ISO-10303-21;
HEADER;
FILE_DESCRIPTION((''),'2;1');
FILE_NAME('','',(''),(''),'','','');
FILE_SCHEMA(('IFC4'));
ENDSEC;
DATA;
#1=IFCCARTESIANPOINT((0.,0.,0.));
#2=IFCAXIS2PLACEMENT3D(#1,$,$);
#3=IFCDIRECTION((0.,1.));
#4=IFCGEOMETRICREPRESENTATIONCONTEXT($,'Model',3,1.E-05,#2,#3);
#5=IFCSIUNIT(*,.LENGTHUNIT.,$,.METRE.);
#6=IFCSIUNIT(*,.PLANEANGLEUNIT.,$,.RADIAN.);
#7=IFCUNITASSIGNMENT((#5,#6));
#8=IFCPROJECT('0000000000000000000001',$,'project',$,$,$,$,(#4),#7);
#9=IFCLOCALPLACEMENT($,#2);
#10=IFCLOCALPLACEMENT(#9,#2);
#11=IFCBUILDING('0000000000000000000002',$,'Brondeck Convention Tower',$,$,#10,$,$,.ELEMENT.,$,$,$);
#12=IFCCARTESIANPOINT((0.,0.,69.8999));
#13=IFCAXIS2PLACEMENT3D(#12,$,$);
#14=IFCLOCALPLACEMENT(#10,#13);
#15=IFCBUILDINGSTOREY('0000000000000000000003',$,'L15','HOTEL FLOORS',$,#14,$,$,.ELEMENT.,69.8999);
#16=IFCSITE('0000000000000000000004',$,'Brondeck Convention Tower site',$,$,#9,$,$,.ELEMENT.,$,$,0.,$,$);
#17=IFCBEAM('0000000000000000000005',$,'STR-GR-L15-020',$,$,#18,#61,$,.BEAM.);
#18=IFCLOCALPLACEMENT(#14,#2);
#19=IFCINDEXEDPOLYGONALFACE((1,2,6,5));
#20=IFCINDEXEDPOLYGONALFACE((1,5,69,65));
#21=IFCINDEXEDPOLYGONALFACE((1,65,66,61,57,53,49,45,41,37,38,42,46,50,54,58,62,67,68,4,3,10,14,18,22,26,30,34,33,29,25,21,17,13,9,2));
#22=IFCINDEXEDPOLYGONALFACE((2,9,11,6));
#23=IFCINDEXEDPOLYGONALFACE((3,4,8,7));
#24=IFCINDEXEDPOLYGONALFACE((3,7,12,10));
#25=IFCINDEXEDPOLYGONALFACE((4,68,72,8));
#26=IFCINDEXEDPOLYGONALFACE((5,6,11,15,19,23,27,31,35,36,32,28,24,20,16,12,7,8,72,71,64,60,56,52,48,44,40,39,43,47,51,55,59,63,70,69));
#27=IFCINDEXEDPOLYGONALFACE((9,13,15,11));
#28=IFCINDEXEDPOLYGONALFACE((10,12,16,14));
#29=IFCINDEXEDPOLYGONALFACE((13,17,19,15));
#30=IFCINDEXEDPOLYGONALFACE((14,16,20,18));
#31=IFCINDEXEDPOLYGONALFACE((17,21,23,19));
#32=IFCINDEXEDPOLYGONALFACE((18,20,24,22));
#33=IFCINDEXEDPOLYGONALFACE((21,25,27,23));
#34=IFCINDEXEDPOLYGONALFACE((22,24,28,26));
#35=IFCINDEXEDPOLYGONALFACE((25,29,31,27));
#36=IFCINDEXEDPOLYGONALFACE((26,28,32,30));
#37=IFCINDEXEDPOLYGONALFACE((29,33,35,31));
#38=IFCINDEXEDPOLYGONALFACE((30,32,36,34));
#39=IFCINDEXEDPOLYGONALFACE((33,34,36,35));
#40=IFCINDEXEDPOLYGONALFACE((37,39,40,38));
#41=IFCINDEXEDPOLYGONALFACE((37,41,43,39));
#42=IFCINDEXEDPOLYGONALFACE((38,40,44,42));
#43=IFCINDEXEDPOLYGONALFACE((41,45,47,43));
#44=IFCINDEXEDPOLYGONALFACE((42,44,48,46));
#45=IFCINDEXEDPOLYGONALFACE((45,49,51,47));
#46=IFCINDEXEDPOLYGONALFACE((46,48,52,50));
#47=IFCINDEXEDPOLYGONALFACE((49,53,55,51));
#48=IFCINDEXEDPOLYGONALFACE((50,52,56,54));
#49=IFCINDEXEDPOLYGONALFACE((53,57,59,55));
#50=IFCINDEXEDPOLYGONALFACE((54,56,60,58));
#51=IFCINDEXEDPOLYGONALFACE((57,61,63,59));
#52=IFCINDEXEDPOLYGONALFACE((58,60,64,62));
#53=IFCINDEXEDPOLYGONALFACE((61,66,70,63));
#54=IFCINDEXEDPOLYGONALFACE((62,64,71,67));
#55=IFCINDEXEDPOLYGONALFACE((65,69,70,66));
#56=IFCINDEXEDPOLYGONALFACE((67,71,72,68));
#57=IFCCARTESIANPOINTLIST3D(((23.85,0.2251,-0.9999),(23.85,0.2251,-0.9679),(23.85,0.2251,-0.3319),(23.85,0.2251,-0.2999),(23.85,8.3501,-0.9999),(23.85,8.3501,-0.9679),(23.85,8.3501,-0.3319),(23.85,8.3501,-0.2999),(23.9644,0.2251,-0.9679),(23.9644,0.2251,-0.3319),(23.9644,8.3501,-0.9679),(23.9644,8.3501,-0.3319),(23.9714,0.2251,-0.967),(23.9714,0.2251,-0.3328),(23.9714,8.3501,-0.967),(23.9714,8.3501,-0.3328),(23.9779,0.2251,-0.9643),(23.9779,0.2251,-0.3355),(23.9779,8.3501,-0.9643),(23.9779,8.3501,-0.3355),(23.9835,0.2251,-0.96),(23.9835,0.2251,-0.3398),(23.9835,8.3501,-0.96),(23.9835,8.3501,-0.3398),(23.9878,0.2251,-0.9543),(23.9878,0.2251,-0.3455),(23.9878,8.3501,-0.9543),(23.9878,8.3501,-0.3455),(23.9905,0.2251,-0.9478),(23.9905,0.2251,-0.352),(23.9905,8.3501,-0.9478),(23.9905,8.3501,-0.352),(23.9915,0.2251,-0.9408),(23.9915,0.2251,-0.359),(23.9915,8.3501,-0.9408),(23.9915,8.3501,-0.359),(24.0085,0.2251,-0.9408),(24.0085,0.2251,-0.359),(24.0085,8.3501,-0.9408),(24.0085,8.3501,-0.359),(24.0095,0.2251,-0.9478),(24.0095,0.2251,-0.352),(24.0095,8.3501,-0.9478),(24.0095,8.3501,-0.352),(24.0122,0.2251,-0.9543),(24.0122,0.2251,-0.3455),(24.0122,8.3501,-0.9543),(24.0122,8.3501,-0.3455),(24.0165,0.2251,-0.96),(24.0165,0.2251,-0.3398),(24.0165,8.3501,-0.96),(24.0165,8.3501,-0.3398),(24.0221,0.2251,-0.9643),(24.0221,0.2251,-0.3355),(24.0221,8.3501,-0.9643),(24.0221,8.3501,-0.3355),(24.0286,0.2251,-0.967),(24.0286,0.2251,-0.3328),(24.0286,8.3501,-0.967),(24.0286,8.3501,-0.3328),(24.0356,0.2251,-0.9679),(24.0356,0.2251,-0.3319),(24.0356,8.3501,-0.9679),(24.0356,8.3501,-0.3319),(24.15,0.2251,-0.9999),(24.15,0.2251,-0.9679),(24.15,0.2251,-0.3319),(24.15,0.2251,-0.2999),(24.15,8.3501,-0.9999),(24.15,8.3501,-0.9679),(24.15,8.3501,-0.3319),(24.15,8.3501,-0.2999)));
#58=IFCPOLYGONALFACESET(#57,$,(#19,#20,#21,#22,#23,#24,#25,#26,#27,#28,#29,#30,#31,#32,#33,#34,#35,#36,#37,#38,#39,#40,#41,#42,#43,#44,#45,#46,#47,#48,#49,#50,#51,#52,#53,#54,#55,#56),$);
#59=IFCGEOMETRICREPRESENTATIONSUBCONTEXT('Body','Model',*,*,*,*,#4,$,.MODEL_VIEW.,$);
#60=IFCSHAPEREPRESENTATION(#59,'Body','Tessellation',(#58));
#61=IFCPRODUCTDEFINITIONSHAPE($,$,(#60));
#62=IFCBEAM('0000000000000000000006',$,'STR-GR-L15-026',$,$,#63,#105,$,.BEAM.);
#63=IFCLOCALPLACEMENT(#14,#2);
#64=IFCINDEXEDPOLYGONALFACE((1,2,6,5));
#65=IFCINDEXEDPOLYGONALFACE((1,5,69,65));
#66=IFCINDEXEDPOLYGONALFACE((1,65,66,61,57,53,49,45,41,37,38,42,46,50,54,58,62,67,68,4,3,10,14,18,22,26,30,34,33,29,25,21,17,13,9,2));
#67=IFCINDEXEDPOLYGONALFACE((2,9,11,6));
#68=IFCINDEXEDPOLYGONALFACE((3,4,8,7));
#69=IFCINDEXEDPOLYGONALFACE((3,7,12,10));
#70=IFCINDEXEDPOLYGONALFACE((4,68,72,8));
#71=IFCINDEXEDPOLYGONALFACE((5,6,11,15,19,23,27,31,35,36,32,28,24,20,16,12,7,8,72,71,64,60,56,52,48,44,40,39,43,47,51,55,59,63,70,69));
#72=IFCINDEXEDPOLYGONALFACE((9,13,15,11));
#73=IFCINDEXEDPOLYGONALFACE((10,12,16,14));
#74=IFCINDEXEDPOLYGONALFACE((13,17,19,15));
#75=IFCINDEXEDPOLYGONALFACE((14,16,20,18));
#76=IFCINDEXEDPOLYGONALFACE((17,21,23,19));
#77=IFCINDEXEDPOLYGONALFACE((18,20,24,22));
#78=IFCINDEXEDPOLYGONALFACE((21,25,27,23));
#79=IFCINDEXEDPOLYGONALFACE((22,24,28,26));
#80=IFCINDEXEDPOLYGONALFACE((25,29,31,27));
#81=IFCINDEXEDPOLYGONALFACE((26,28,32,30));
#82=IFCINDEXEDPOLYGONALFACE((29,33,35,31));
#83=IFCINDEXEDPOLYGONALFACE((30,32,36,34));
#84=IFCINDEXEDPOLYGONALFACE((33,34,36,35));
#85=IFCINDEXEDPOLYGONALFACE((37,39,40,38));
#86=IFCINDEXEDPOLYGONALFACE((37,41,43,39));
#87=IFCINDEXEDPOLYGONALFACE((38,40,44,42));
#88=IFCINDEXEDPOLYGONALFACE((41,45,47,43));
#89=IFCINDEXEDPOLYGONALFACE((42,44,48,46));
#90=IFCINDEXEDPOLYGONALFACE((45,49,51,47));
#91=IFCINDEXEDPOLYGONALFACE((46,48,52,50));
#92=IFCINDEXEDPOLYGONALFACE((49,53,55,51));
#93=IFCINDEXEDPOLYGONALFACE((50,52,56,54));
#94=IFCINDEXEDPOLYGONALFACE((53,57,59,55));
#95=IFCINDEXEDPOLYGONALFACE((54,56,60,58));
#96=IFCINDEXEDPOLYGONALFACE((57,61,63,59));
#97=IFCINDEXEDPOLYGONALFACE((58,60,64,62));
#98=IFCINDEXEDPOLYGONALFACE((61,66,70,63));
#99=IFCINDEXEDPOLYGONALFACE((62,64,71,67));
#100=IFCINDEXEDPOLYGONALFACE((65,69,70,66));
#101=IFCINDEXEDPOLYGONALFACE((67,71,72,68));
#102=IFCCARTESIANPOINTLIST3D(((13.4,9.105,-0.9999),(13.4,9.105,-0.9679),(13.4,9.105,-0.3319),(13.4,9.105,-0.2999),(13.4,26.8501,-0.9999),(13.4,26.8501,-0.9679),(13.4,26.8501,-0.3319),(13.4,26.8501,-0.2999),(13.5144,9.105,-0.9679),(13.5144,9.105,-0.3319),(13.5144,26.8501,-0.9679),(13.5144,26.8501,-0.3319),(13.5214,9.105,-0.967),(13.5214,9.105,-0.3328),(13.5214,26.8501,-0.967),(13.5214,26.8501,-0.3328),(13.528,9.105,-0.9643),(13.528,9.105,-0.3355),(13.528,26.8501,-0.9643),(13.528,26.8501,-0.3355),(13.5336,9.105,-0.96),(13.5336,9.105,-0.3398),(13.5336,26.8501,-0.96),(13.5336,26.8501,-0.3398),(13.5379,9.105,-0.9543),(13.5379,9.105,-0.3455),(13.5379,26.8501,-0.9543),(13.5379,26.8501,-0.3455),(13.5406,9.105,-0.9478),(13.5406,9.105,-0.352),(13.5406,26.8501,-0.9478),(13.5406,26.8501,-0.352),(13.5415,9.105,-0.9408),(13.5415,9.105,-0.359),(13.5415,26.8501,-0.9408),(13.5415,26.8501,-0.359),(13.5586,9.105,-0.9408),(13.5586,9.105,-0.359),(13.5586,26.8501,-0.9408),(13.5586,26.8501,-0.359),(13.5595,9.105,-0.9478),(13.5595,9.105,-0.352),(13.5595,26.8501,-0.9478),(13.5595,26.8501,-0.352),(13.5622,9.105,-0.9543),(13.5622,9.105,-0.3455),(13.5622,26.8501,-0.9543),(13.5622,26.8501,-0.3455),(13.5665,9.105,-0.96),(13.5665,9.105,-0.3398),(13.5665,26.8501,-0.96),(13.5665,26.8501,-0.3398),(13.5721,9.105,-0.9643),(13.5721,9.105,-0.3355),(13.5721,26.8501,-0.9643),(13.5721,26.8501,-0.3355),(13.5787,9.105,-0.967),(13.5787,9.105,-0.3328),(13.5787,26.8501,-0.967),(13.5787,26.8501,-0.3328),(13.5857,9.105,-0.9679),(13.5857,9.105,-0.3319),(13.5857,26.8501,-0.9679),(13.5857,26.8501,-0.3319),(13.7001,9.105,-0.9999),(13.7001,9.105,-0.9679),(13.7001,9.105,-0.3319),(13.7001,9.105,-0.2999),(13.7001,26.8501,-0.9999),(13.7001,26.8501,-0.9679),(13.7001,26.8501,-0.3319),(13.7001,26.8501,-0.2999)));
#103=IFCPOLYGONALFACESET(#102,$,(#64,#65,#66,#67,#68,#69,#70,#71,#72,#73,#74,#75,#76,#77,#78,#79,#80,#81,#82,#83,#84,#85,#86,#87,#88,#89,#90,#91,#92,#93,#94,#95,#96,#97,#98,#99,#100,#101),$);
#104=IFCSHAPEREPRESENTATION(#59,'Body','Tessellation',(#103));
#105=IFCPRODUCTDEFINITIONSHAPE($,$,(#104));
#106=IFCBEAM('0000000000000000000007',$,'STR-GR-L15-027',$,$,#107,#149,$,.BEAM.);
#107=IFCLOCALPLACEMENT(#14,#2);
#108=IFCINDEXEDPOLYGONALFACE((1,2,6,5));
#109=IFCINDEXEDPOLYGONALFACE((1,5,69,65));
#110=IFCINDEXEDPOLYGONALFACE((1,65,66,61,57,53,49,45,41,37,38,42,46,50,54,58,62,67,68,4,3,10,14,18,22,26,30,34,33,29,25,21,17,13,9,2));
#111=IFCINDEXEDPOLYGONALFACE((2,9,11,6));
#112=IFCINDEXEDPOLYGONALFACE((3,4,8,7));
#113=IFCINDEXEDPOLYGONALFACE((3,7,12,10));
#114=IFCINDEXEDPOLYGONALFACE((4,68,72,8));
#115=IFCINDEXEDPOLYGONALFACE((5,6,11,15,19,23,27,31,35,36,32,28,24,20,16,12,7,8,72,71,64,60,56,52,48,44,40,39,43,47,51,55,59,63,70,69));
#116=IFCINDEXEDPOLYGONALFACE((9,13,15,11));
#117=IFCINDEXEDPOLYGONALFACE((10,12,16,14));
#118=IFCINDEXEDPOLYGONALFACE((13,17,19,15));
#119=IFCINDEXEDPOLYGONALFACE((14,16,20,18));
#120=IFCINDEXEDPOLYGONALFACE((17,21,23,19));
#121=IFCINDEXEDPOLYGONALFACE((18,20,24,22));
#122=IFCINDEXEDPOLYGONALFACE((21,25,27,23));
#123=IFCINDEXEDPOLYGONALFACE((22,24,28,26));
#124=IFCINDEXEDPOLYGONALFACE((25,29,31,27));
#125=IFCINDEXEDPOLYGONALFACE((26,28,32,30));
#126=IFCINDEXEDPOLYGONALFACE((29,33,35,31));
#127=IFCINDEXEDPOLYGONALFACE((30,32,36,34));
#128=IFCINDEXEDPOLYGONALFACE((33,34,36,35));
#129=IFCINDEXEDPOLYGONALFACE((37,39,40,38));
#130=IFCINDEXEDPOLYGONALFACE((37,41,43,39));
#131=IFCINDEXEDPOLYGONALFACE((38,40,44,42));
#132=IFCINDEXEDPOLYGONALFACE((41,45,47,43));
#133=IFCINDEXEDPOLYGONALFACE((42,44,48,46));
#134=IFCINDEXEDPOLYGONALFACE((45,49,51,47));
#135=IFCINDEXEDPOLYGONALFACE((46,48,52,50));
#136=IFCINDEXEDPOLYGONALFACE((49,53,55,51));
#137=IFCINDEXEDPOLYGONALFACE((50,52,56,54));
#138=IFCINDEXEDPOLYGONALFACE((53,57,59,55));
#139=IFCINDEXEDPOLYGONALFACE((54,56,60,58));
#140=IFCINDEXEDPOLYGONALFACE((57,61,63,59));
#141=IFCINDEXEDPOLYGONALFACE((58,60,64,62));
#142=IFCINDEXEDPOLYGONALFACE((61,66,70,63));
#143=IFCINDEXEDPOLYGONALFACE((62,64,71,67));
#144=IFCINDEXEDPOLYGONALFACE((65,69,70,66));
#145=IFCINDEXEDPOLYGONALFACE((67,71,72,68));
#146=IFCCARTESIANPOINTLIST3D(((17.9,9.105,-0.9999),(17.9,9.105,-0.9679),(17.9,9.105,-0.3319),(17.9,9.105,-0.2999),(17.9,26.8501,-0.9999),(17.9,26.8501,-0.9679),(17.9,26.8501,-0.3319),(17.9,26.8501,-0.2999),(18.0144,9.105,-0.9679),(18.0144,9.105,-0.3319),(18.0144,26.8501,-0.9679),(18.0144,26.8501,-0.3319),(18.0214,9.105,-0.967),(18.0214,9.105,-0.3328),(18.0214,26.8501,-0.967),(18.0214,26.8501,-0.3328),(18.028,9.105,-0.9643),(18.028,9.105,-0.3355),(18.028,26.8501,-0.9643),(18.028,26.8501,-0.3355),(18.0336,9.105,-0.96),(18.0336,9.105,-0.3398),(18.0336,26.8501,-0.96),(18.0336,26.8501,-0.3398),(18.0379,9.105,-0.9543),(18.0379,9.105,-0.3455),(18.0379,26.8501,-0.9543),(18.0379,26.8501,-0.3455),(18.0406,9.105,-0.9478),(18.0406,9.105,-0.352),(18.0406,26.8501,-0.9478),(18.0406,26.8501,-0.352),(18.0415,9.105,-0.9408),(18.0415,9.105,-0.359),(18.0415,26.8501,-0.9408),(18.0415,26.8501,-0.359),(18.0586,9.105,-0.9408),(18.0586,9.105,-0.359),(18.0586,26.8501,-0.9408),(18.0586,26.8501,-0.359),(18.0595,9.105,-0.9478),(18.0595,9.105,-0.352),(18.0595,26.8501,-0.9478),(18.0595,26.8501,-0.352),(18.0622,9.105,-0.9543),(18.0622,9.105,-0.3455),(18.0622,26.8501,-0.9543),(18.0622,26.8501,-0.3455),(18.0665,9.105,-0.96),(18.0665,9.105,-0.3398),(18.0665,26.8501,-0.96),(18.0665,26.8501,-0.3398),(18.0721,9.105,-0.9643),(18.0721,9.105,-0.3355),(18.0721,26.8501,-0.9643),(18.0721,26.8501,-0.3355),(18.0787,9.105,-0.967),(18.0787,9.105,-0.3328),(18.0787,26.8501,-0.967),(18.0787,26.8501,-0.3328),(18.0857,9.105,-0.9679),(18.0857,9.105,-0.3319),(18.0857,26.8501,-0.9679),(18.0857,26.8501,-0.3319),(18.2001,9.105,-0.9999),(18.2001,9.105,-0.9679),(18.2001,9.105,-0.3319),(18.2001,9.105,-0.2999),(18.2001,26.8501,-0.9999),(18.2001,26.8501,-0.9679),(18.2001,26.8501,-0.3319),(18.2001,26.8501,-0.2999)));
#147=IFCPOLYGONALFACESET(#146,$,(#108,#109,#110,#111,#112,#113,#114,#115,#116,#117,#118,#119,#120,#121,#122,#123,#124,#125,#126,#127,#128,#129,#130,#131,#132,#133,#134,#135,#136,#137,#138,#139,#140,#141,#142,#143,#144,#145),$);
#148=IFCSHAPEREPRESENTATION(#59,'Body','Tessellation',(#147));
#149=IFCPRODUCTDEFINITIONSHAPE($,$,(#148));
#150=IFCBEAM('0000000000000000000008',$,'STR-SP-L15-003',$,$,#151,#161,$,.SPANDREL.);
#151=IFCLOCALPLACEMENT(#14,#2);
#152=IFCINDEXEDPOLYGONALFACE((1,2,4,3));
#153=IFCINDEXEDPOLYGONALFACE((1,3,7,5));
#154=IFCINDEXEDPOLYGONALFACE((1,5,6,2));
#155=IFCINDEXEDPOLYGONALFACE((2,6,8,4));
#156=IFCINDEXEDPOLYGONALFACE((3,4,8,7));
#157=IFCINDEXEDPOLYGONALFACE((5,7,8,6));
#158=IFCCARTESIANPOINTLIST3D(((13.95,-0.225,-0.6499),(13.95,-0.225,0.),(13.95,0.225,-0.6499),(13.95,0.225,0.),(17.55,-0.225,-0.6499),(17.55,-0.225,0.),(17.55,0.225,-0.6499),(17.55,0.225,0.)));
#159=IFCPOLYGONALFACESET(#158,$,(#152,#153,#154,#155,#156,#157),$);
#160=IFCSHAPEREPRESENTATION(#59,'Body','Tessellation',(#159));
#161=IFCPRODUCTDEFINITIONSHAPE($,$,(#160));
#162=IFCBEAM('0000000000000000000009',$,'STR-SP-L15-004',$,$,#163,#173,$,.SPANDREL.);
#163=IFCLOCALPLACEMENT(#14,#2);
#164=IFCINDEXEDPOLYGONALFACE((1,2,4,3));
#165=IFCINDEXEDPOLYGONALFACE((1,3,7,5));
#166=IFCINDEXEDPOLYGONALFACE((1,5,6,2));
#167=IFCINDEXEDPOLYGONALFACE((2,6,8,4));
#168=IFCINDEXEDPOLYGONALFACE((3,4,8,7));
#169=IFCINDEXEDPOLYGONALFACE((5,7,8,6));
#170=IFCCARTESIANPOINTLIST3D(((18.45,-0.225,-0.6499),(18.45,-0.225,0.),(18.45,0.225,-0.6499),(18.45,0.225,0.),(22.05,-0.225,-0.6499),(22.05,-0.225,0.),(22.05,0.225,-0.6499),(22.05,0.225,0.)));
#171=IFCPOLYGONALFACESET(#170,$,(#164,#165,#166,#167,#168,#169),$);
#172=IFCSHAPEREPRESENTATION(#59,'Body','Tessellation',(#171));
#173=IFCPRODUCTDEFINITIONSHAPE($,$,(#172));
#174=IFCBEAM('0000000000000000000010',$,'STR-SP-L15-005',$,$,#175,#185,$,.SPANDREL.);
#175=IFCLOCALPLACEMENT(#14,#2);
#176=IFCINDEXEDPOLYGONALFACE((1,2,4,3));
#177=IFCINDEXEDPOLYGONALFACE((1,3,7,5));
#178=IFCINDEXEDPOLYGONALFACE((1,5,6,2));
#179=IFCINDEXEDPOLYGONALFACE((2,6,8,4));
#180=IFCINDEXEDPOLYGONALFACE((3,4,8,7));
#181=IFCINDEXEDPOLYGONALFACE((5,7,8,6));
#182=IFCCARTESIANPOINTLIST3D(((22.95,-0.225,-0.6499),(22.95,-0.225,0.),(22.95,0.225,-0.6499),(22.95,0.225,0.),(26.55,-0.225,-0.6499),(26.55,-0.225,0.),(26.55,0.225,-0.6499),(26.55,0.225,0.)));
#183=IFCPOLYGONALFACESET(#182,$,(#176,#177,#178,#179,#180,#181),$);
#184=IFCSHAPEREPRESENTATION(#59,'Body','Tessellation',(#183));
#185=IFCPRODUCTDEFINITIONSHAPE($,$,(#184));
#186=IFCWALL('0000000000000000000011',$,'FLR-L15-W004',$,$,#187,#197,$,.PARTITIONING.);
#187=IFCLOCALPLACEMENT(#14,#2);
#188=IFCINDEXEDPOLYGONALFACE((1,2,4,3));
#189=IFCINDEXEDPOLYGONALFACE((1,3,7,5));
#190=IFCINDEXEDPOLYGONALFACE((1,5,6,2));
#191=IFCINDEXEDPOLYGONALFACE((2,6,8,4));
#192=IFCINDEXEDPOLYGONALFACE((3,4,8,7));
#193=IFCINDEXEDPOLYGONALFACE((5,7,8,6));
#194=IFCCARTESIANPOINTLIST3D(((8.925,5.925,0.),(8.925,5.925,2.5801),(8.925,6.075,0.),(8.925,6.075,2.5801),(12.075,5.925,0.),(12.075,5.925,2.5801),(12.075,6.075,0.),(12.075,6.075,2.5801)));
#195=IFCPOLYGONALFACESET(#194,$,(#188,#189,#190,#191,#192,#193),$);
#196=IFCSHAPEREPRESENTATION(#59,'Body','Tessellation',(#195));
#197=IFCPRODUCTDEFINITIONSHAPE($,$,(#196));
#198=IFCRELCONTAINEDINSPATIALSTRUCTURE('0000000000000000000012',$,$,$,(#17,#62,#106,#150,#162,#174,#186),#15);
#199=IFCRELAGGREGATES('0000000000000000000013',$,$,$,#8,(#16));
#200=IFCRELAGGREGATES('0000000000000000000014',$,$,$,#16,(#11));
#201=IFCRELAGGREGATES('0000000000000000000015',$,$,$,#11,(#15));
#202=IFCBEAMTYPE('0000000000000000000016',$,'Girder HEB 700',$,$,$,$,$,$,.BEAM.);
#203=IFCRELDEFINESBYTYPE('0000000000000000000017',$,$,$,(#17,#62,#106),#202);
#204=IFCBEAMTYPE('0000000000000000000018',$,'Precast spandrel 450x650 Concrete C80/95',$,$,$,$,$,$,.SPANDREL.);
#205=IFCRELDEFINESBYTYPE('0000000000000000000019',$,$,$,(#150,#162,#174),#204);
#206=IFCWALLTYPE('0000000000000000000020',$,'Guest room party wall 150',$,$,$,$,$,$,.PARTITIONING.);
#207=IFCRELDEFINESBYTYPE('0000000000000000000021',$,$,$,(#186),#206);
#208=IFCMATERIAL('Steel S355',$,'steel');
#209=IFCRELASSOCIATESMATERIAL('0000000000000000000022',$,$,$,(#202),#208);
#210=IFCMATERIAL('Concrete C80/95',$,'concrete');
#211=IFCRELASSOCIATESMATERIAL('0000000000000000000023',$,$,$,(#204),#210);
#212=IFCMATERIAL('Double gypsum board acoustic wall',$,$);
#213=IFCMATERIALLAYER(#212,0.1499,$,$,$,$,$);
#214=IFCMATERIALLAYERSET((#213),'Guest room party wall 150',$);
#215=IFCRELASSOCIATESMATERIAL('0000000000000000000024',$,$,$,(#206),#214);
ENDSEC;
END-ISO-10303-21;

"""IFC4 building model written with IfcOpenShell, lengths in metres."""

from ifc_helpers import new_model, si_unit, direction, frame, frame_2d, origin, origin_2d, place, context, subcontext, project, spatial, rectangle, i_section, extrude, material, layer, layer_set, material_profile, profile_set, type_object, element, save


model = new_model("IFC4")

# Units and contexts
model_context = context("Model", 3, precision=1e-05, world=origin(), true_north=direction((0.0, 1.0)))
body_context = subcontext(model_context, "Body", "Model", "MODEL_VIEW")
ifc_project = project(units=[si_unit("LENGTHUNIT", "METRE"), si_unit("PLANEANGLEUNIT", "RADIAN")], contexts=[model_context])

# Site, building, storey
site_placement = place(None, origin())
site = spatial("IfcSite", under=ifc_project, at=site_placement, Name="Brondeck Convention Tower site", CompositionType="ELEMENT", RefElevation=0.0)
building_placement = place(site_placement, origin())
building = spatial("IfcBuilding", under=site, at=building_placement, Name="Brondeck Convention Tower", CompositionType="ELEMENT")
storey_placement = place(building_placement, frame((0.0, 0.0, 69.8999)))
storey = spatial("IfcBuildingStorey", under=building, at=storey_placement, Name="L15", Description="HOTEL FLOORS", CompositionType="ELEMENT", Elevation=69.8999)

# Shared definitions
ifc_material_1 = material(Name="Concrete C80/95", Category="concrete")

# Beams
ifc_material_2 = material(Name="Steel S355", Category="steel")
ifc_material_profile_1 = material_profile(ifc_material_2, i_section(OverallWidth=0.3, OverallDepth=0.7, WebThickness=0.0171, FlangeThickness=0.032, FilletRadius=0.0271, at=origin_2d()), Name="HEB 700")
ifc_profile_set_1 = profile_set([ifc_material_profile_1], Name="Steel S355")
beam_type_1 = type_object("IfcBeamType", Name="Girder HEB 700", PredefinedType="BEAM", material=ifc_profile_set_1)
beam_1_placement = place(storey_placement, frame((24.0, 8.3501, -0.6499), z_axis=(0.0, -1.0, 0.0), x_axis=(1.0, 0.0, 0.0)))
element("IfcBeam", 1, at=beam_1_placement, inside=storey, type_object=beam_type_1, Name="STR-GR-L15-020", PredefinedType="BEAM", context=body_context, shape_type="SweptSolid", body=[
    extrude(i_section(OverallWidth=0.3, OverallDepth=0.7, WebThickness=0.0171, FlangeThickness=0.032, FilletRadius=0.0271, at=origin_2d()), origin(), (0.0, 0.0, 1.0), 8.125),
])
for number, where, z_axis, x_axis, name in (
    (2, (13.55, 9.105, -0.6499), (0.0, 1.0, 0.0), (-1.0, 0.0, 0.0), "STR-GR-L15-026"),
    (3, (18.05, 9.105, -0.6499), (0.0, 1.0, 0.0), (-1.0, 0.0, 0.0), "STR-GR-L15-027"),
):
    element("IfcBeam", number, at=place(storey_placement, frame(where, z_axis=z_axis, x_axis=x_axis)), inside=storey, type_object=beam_type_1, Name=name, PredefinedType="BEAM", context=body_context, shape_type="SweptSolid", body=[
        extrude(i_section(OverallWidth=0.3, OverallDepth=0.7, WebThickness=0.0171, FlangeThickness=0.032, FilletRadius=0.0271, at=origin_2d()), origin(), (0.0, 0.0, 1.0), 17.7451),
    ])
ifc_material_profile_2 = material_profile(ifc_material_1, rectangle(XDim=0.45, YDim=0.6499, at=origin_2d()), Name="Precast spandrel 450x650 Concrete C80/95")
ifc_profile_set_2 = profile_set([ifc_material_profile_2], Name="Concrete C80/95")
beam_type_2 = type_object("IfcBeamType", Name="Precast spandrel 450x650 Concrete C80/95", PredefinedType="SPANDREL", material=ifc_profile_set_2)
for number, where, z_axis, x_axis, name in (
    (4, (13.95, 0.0, -0.325), (1.0, 0.0, 0.0), (0.0, 1.0, 0.0), "STR-SP-L15-003"),
    (5, (18.45, 0.0, -0.325), (1.0, 0.0, 0.0), (0.0, 1.0, 0.0), "STR-SP-L15-004"),
    (6, (22.95, 0.0, -0.325), (1.0, 0.0, 0.0), (0.0, 1.0, 0.0), "STR-SP-L15-005"),
):
    element("IfcBeam", number, at=place(storey_placement, frame(where, z_axis=z_axis, x_axis=x_axis)), inside=storey, type_object=beam_type_2, Name=name, PredefinedType="SPANDREL", context=body_context, shape_type="SweptSolid", body=[
        extrude(rectangle(XDim=0.45, YDim=0.6499, at=origin_2d()), origin(), (0.0, 0.0, 1.0), 3.6001),
    ])

# Wall
ifc_material_3 = material(Name="Double gypsum board acoustic wall")
ifc_layer_1 = layer(ifc_material_3, 0.1499)
ifc_layer_set_1 = layer_set([ifc_layer_1], Name="Guest room party wall 150")
wall_type_1 = type_object("IfcWallType", Name="Guest room party wall 150", PredefinedType="PARTITIONING", material=ifc_layer_set_1)
wall_1_placement = place(storey_placement, frame((12.075, 6.0, 0.0), z_axis=(0.0, 0.0, 1.0), x_axis=(-1.0, 0.0, 0.0)))
element("IfcWall", 7, at=wall_1_placement, inside=storey, type_object=wall_type_1, Name="FLR-L15-W004", PredefinedType="PARTITIONING", context=body_context, shape_type="SweptSolid", body=[
    extrude(rectangle(XDim=3.1499, YDim=0.1499, at=frame_2d((1.575, 0.0))), origin(), (0.0, 0.0, 1.0), 2.5801),
])

save(model, "model.ifc")
